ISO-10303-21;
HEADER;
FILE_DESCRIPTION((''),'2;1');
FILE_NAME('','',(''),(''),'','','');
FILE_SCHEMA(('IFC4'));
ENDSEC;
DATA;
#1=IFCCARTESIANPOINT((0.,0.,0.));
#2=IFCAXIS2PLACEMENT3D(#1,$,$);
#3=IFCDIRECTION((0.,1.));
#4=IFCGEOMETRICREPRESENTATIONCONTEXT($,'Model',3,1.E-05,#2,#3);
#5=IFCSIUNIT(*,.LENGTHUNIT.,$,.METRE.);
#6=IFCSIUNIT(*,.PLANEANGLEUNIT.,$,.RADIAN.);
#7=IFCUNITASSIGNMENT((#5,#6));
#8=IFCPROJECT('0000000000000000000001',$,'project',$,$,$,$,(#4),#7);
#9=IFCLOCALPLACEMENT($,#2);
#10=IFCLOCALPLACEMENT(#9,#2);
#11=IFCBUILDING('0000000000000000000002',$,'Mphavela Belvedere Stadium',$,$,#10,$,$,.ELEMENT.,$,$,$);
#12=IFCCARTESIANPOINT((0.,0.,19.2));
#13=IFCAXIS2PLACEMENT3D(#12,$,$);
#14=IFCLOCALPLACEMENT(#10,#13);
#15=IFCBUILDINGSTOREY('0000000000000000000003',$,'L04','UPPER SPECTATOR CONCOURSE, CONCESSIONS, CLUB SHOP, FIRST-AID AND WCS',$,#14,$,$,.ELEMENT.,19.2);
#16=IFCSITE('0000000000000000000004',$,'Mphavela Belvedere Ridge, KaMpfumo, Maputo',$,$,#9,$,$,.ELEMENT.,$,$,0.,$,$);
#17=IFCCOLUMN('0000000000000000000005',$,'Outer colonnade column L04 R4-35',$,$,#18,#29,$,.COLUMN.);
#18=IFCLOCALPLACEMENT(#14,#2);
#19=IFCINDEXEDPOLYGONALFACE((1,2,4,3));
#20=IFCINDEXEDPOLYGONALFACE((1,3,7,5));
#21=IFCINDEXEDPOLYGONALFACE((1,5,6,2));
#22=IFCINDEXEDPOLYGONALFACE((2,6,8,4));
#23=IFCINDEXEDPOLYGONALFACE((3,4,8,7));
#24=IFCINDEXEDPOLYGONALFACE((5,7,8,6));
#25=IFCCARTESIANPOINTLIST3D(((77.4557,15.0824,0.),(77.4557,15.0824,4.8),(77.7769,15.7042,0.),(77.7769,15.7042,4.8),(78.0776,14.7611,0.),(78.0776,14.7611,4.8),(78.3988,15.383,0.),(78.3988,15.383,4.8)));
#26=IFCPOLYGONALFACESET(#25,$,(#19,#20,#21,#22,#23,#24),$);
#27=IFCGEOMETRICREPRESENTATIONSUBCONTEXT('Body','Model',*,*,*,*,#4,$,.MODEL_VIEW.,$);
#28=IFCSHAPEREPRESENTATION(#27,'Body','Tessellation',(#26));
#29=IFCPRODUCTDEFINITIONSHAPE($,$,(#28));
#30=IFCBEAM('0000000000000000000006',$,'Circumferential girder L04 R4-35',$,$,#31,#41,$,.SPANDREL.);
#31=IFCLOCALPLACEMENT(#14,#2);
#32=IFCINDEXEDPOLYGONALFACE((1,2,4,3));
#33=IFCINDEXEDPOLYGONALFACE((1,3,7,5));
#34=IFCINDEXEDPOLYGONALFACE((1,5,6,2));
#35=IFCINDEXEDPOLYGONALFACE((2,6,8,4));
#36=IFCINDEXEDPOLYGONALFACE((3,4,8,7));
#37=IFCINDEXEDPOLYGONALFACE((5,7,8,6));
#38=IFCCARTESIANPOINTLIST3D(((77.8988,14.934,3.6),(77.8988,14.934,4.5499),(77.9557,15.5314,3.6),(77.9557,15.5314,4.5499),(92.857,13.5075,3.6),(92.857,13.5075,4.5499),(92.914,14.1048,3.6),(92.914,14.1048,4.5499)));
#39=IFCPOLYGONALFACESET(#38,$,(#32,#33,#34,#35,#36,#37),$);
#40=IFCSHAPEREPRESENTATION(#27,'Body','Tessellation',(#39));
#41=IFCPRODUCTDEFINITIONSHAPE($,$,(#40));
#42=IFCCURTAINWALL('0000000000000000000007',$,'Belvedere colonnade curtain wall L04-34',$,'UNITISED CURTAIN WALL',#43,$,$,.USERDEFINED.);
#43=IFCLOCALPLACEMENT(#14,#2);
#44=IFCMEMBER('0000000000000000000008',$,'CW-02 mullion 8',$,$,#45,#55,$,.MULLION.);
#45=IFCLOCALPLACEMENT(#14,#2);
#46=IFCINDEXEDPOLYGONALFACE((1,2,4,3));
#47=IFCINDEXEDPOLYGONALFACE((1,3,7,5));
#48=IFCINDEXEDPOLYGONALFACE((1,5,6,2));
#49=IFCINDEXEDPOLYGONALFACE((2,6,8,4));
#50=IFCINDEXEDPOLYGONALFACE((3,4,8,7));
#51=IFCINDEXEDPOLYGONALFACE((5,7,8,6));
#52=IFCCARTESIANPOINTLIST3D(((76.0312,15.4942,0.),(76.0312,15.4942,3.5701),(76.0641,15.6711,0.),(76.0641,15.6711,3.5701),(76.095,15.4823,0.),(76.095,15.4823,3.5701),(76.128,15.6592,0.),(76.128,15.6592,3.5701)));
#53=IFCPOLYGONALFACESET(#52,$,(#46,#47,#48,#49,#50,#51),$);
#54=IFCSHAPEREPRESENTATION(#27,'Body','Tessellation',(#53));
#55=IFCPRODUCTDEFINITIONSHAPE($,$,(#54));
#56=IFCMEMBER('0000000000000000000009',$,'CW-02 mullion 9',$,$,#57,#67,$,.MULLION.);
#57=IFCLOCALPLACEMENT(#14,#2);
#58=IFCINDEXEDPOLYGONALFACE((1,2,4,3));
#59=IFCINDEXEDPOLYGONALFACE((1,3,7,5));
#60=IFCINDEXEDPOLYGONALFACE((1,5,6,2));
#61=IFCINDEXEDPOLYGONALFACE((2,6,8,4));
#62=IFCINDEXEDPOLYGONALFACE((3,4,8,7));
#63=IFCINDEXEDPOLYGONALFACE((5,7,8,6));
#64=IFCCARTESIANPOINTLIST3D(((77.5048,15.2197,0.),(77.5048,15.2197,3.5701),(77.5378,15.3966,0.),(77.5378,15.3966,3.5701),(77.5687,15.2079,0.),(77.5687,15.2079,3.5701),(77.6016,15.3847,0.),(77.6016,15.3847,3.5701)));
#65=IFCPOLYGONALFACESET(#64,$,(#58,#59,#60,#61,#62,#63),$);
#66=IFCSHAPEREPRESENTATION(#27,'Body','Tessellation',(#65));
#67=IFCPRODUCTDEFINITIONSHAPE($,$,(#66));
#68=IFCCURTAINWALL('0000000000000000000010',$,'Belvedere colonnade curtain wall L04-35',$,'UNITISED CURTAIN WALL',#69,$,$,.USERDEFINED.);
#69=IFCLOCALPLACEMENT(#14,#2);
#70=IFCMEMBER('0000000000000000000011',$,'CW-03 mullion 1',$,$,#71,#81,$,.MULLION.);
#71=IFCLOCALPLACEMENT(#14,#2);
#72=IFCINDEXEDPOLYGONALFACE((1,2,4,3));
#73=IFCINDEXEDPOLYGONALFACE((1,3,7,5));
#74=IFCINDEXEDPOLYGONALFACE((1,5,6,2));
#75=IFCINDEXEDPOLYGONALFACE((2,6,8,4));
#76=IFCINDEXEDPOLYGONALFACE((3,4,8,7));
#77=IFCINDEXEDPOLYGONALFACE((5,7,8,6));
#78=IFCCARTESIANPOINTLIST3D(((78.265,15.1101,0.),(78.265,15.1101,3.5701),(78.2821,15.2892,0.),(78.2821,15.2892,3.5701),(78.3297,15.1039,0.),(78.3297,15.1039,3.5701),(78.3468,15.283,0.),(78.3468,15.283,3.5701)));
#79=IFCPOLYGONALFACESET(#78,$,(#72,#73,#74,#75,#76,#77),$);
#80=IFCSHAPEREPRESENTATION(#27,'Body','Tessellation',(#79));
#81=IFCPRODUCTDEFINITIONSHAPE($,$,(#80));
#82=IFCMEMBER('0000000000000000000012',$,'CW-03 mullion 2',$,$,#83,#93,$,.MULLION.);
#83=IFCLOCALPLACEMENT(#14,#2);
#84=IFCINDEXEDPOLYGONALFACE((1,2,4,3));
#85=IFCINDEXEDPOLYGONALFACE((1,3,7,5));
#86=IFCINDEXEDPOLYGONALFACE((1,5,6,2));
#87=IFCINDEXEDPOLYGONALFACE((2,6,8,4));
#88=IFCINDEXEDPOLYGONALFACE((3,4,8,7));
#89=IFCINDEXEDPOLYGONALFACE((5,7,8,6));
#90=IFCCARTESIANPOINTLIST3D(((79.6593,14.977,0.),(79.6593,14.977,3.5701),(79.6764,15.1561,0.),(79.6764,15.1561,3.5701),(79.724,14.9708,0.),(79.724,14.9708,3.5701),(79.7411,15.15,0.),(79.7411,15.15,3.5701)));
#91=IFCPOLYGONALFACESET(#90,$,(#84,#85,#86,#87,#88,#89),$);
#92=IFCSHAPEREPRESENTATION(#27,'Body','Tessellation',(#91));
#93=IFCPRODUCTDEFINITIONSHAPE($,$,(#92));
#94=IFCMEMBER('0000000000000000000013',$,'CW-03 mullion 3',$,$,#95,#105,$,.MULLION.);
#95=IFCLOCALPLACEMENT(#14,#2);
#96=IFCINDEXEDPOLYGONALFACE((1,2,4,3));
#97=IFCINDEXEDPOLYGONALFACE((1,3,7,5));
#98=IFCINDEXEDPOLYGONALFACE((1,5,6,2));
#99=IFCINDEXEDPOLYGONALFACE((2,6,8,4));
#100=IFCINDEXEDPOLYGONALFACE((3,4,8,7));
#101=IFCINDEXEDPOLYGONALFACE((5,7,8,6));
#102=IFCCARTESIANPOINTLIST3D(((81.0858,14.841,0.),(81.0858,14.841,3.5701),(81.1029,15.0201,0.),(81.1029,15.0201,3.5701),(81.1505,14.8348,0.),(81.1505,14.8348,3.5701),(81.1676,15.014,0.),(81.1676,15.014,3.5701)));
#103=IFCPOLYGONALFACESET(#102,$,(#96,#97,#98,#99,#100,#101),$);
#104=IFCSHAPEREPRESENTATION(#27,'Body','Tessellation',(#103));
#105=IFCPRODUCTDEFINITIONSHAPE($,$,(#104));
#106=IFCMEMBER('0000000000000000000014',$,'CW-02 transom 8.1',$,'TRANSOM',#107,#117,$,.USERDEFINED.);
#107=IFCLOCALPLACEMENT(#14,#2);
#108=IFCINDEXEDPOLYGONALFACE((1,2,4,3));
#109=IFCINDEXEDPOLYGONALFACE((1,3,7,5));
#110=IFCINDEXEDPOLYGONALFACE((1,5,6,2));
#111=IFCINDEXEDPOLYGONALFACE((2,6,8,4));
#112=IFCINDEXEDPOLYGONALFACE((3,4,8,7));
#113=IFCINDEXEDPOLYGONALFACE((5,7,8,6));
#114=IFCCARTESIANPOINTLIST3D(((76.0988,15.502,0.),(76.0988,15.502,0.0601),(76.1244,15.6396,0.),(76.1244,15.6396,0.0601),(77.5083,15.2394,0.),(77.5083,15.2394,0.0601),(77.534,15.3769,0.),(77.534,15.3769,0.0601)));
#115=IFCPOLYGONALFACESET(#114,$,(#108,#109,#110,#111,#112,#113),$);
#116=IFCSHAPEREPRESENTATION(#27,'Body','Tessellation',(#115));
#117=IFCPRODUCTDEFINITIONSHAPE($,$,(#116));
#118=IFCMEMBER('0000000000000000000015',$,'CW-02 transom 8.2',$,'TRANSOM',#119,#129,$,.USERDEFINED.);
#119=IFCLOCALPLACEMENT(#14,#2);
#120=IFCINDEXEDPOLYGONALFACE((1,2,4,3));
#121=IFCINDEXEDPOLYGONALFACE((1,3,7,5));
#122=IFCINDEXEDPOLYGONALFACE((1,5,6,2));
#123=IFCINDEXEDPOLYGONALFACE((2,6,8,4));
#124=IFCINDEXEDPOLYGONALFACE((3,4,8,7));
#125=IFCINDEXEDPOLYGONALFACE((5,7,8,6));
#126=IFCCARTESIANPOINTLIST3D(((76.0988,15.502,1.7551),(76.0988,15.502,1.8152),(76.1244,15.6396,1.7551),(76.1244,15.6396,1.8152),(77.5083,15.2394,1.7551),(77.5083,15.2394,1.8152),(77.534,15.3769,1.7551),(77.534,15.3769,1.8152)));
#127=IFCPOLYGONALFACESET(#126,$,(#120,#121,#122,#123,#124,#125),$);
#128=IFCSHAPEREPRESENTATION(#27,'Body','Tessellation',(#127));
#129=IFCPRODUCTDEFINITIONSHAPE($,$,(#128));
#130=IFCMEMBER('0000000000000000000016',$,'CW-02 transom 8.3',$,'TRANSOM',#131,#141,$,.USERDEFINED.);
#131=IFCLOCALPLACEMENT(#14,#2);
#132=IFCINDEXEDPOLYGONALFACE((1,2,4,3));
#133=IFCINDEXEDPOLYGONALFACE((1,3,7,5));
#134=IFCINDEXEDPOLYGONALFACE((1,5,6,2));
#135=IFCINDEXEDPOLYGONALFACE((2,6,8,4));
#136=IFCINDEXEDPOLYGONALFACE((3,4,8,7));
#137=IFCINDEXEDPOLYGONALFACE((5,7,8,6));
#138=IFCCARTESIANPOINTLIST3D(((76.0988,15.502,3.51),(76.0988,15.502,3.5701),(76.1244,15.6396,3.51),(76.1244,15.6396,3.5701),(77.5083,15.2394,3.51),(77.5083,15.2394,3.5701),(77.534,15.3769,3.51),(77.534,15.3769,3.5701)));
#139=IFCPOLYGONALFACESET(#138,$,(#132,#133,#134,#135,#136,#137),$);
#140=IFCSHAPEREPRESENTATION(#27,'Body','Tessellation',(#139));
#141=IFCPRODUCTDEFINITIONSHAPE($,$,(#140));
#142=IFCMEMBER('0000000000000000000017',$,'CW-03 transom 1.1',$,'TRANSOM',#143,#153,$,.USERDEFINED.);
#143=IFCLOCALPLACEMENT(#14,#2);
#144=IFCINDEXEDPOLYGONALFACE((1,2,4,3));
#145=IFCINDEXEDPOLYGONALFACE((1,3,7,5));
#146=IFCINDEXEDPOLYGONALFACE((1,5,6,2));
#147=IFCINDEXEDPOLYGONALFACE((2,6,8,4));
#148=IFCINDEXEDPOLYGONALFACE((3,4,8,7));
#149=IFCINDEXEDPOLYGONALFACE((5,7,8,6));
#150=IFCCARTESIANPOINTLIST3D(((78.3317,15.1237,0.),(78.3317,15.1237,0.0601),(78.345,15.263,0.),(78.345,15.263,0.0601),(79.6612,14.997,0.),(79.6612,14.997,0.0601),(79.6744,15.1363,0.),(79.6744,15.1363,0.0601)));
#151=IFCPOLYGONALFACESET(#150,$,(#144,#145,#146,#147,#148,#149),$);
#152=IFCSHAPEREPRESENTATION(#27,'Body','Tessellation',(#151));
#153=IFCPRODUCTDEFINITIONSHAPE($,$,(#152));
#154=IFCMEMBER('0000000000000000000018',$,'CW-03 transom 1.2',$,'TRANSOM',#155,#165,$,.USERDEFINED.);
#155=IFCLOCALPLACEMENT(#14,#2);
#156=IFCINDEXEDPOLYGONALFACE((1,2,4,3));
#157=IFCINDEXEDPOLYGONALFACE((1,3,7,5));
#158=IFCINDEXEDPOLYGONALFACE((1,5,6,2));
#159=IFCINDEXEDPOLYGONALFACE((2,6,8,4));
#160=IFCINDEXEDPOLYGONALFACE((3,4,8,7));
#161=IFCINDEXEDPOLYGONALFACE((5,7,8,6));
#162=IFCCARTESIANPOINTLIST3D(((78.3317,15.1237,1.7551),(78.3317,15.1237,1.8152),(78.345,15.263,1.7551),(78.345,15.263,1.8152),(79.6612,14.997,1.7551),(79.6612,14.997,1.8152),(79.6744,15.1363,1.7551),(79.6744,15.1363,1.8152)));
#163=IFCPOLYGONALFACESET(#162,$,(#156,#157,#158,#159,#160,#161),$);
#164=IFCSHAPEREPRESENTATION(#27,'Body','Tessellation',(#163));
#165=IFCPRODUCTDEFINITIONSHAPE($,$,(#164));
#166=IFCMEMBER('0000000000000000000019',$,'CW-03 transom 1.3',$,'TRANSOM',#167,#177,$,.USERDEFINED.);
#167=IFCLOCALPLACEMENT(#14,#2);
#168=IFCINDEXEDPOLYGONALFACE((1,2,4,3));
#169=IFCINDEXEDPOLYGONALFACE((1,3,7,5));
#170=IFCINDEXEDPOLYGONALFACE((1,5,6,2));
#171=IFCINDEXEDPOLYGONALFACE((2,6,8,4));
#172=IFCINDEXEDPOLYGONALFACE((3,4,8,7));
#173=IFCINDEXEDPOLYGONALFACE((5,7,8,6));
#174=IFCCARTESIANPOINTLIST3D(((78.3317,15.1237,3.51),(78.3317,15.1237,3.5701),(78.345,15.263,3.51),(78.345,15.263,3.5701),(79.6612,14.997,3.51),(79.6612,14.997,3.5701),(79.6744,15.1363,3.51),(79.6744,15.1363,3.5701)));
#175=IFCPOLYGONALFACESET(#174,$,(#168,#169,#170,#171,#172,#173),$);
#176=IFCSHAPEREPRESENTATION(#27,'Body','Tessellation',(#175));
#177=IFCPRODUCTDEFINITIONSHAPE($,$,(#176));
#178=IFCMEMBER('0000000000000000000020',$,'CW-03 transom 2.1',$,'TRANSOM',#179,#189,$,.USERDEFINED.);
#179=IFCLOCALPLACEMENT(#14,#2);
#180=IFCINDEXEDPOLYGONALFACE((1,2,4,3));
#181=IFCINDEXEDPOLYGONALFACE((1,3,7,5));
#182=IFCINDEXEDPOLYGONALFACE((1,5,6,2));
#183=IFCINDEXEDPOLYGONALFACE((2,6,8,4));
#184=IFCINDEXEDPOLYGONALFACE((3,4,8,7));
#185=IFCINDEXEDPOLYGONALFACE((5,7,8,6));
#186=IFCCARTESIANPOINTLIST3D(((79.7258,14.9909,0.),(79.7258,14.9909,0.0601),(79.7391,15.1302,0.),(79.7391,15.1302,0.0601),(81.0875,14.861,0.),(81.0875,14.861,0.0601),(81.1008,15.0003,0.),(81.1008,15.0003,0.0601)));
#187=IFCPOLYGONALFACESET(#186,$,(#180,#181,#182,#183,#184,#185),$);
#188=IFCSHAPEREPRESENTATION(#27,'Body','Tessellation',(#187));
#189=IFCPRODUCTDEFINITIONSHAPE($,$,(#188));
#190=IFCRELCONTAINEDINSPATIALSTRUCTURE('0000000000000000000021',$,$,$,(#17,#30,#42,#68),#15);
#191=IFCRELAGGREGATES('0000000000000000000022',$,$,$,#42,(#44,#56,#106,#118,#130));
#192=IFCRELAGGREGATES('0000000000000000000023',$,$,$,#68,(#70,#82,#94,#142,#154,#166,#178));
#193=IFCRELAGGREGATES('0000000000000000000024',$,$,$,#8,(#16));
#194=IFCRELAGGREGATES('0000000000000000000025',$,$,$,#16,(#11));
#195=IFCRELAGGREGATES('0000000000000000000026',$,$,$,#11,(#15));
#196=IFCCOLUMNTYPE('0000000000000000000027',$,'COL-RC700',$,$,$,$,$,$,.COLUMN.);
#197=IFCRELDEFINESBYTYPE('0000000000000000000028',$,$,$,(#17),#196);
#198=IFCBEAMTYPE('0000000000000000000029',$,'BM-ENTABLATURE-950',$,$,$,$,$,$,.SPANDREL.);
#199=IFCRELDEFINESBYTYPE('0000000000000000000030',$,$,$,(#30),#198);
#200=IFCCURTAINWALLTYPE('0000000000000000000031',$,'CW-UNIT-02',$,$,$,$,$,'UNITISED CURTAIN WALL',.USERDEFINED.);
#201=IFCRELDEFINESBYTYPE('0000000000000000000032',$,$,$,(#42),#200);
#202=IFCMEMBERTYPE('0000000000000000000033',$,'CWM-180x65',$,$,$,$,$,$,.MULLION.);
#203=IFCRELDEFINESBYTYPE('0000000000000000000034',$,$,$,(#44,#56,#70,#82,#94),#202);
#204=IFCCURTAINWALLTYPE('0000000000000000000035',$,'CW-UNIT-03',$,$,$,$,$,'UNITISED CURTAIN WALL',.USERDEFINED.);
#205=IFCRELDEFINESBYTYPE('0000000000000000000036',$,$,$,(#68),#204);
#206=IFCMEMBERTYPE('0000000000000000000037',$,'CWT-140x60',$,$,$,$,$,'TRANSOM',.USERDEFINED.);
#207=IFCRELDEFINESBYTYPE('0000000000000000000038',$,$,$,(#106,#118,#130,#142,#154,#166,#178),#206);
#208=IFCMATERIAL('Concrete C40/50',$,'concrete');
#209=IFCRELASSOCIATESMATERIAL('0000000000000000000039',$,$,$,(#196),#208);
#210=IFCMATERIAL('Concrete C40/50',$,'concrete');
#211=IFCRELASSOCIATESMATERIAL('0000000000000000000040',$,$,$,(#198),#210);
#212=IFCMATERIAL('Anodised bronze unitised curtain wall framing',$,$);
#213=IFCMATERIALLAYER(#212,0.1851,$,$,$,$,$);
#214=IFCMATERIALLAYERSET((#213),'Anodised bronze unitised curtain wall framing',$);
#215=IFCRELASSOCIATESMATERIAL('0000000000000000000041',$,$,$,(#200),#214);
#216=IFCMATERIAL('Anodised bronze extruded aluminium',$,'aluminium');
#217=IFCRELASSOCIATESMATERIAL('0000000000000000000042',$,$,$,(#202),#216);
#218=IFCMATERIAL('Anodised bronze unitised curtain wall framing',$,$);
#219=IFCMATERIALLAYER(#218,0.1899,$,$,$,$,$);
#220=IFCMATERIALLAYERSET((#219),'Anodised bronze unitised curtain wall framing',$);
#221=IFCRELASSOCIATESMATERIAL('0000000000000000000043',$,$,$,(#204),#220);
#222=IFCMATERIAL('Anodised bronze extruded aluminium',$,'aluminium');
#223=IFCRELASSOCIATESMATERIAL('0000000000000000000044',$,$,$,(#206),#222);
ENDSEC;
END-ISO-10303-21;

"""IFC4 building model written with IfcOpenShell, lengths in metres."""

from ifc_helpers import new_model, si_unit, direction, frame, origin, origin_2d, place, context, subcontext, project, spatial, rectangle, extrude, material, layer, layer_set, material_profile, profile_set, type_object, element, aggregate, save


model = new_model("IFC4")

# Units and contexts
model_context = context("Model", 3, precision=1e-05, world=origin(), true_north=direction((0.0, 1.0)))
body_context = subcontext(model_context, "Body", "Model", "MODEL_VIEW")
ifc_project = project(units=[si_unit("LENGTHUNIT", "METRE"), si_unit("PLANEANGLEUNIT", "RADIAN")], contexts=[model_context])

# Site, building, storey
site_placement = place(None, origin())
site = spatial("IfcSite", under=ifc_project, at=site_placement, Name="Mphavela Belvedere Ridge, KaMpfumo, Maputo", CompositionType="ELEMENT", RefElevation=0.0)
building_placement = place(site_placement, origin())
building = spatial("IfcBuilding", under=site, at=building_placement, Name="Mphavela Belvedere Stadium", CompositionType="ELEMENT")
storey_placement = place(building_placement, frame((0.0, 0.0, 19.2)))
storey = spatial("IfcBuildingStorey", under=building, at=storey_placement, Name="L04", Description="UPPER SPECTATOR CONCOURSE, CONCESSIONS, CLUB SHOP, FIRST-AID AND WCS", CompositionType="ELEMENT", Elevation=19.2)

# Column
ifc_material_1 = material(Name="Concrete C40/50", Category="concrete")
ifc_material_profile_1 = material_profile(ifc_material_1, rectangle(XDim=0.7, YDim=0.7, at=origin_2d()), Name="RC 700x700")
ifc_profile_set_1 = profile_set([ifc_material_profile_1], Name="Concrete C40/50")
column_type = type_object("IfcColumnType", Name="COL-RC700", PredefinedType="COLUMN", material=ifc_profile_set_1)
column_placement = place(storey_placement, frame((77.9272, 15.2327, 0.0), z_axis=(0.0, 0.0, 1.0), x_axis=(-0.45896, -0.888457, 0.0)))
element("IfcColumn", 1, at=column_placement, inside=storey, type_object=column_type, Name="Outer colonnade column L04 R4-35", PredefinedType="COLUMN", context=body_context, shape_type="SweptSolid", body=[
    extrude(rectangle(XDim=0.7, YDim=0.7, at=origin_2d()), origin(), (0.0, 0.0, 1.0), 4.8),
])

# Beam
ifc_material_2 = material(Name="Concrete C40/50", Category="concrete")
ifc_material_profile_2 = material_profile(ifc_material_2, rectangle(XDim=0.6001, YDim=0.95, at=origin_2d()), Name="RC 600x950")
ifc_profile_set_2 = profile_set([ifc_material_profile_2], Name="Concrete C40/50")
beam_type = type_object("IfcBeamType", Name="BM-ENTABLATURE-950", PredefinedType="SPANDREL", material=ifc_profile_set_2)
beam_placement = place(storey_placement, frame((77.9272, 15.2327, 4.075), z_axis=(0.995483, -0.094936, 0.0), x_axis=(0.094936, 0.995483, 0.0)))
element("IfcBeam", 2, at=beam_placement, inside=storey, type_object=beam_type, Name="Circumferential girder L04 R4-35", PredefinedType="SPANDREL", context=body_context, shape_type="SweptSolid", body=[
    extrude(rectangle(XDim=0.6001, YDim=0.95, at=origin_2d()), origin(), (0.0, 0.0, 1.0), 15.0261),
])

# Curtain walls, members
ifc_material_3 = material(Name="Anodised bronze unitised curtain wall framing")
ifc_layer_1 = layer(ifc_material_3, 0.1851)
ifc_layer_set_1 = layer_set([ifc_layer_1], Name="Anodised bronze unitised curtain wall framing")
curtain_wall_type_1 = type_object("IfcCurtainWallType", Name="CW-UNIT-02", ElementType="UNITISED CURTAIN WALL", PredefinedType="USERDEFINED", material=ifc_layer_set_1)
curtain_wall_1_placement = place(storey_placement, origin())
curtain_wall_1 = element("IfcCurtainWall", 3, at=curtain_wall_1_placement, inside=storey, type_object=curtain_wall_type_1, Name="Belvedere colonnade curtain wall L04-34", ObjectType="UNITISED CURTAIN WALL", PredefinedType="USERDEFINED")
ifc_material_4 = material(Name="Anodised bronze extruded aluminium", Category="aluminium")
ifc_material_profile_3 = material_profile(ifc_material_4, rectangle(XDim=0.1799, YDim=0.0649, at=origin_2d()), Name="CW-MUL 180x65")
ifc_profile_set_3 = profile_set([ifc_material_profile_3], Name="Anodised bronze extruded aluminium")
member_type_1 = type_object("IfcMemberType", Name="CWM-180x65", PredefinedType="MULLION", material=ifc_profile_set_3)
member_1_placement = place(storey_placement, frame((76.0796, 15.5767, 0.0), z_axis=(0.0, 0.0, 1.0), x_axis=(0.183091, 0.983096, 0.0)))
member_1 = element("IfcMember", 4, at=member_1_placement, type_object=member_type_1, Name="CW-02 mullion 8", PredefinedType="MULLION", context=body_context, shape_type="SweptSolid", body=[
    extrude(rectangle(XDim=0.1799, YDim=0.0649, at=origin_2d()), origin(), (0.0, 0.0, 1.0), 3.5701),
])
member_2_placement = place(storey_placement, frame((77.5532, 15.3022, 0.0), z_axis=(0.0, 0.0, 1.0), x_axis=(0.183091, 0.983096, 0.0)))
member_2 = element("IfcMember", 5, at=member_2_placement, type_object=member_type_1, Name="CW-02 mullion 9", PredefinedType="MULLION", context=body_context, shape_type="SweptSolid", body=[
    extrude(rectangle(XDim=0.1799, YDim=0.0649, at=origin_2d()), origin(), (0.0, 0.0, 1.0), 3.5701),
])
ifc_material_5 = material(Name="Anodised bronze unitised curtain wall framing")
ifc_layer_2 = layer(ifc_material_5, 0.1899)
ifc_layer_set_2 = layer_set([ifc_layer_2], Name="Anodised bronze unitised curtain wall framing")
curtain_wall_type_2 = type_object("IfcCurtainWallType", Name="CW-UNIT-03", ElementType="UNITISED CURTAIN WALL", PredefinedType="USERDEFINED", material=ifc_layer_set_2)
curtain_wall_2_placement = place(storey_placement, origin())
curtain_wall_2 = element("IfcCurtainWall", 6, at=curtain_wall_2_placement, inside=storey, type_object=curtain_wall_type_2, Name="Belvedere colonnade curtain wall L04-35", ObjectType="UNITISED CURTAIN WALL", PredefinedType="USERDEFINED")
member_3_placement = place(storey_placement, frame((78.3059, 15.1965, 0.0), z_axis=(0.0, 0.0, 1.0), x_axis=(0.094933, 0.995484, 0.0)))
member_3 = element("IfcMember", 7, at=member_3_placement, type_object=member_type_1, Name="CW-03 mullion 1", PredefinedType="MULLION", context=body_context, shape_type="SweptSolid", body=[
    extrude(rectangle(XDim=0.1799, YDim=0.0649, at=origin_2d()), origin(), (0.0, 0.0, 1.0), 3.5701),
])
member_4_placement = place(storey_placement, frame((79.7002, 15.0635, 0.0), z_axis=(0.0, 0.0, 1.0), x_axis=(0.094933, 0.995484, 0.0)))
member_4 = element("IfcMember", 8, at=member_4_placement, type_object=member_type_1, Name="CW-03 mullion 2", PredefinedType="MULLION", context=body_context, shape_type="SweptSolid", body=[
    extrude(rectangle(XDim=0.1799, YDim=0.0649, at=origin_2d()), origin(), (0.0, 0.0, 1.0), 3.5701),
])
member_5_placement = place(storey_placement, frame((81.1267, 14.9275, 0.0), z_axis=(0.0, 0.0, 1.0), x_axis=(0.094933, 0.995484, 0.0)))
member_5 = element("IfcMember", 9, at=member_5_placement, type_object=member_type_1, Name="CW-03 mullion 3", PredefinedType="MULLION", context=body_context, shape_type="SweptSolid", body=[
    extrude(rectangle(XDim=0.1799, YDim=0.0649, at=origin_2d()), origin(), (0.0, 0.0, 1.0), 3.5701),
])

# Members
ifc_material_6 = material(Name="Anodised bronze extruded aluminium", Category="aluminium")
ifc_material_profile_4 = material_profile(ifc_material_6, rectangle(XDim=0.1399, YDim=0.0601, at=origin_2d()), Name="CW-TRN 140x60")
ifc_profile_set_4 = profile_set([ifc_material_profile_4], Name="Anodised bronze extruded aluminium")
member_type_2 = type_object("IfcMemberType", Name="CWT-140x60", ElementType="TRANSOM", PredefinedType="USERDEFINED", material=ifc_profile_set_4)
member_6_placement = place(storey_placement, frame((76.1116, 15.5708, 0.03), z_axis=(0.983076, -0.183199, 0.0), x_axis=(0.183199, 0.983076, 0.0)))
member_6 = element("IfcMember", 10, at=member_6_placement, type_object=member_type_2, Name="CW-02 transom 8.1", ObjectType="TRANSOM", PredefinedType="USERDEFINED", context=body_context, shape_type="SweptSolid", body=[
    extrude(rectangle(XDim=0.1399, YDim=0.0601, at=origin_2d()), origin(), (0.0, 0.0, 1.0), 1.4338),
])
member_7_placement = place(storey_placement, frame((76.1116, 15.5708, 1.7852), z_axis=(0.983076, -0.183199, 0.0), x_axis=(0.183199, 0.983076, 0.0)))
member_7 = element("IfcMember", 11, at=member_7_placement, type_object=member_type_2, Name="CW-02 transom 8.2", ObjectType="TRANSOM", PredefinedType="USERDEFINED", context=body_context, shape_type="SweptSolid", body=[
    extrude(rectangle(XDim=0.1399, YDim=0.0601, at=origin_2d()), origin(), (0.0, 0.0, 1.0), 1.4338),
])
member_8_placement = place(storey_placement, frame((76.1116, 15.5708, 3.54), z_axis=(0.983076, -0.183199, 0.0), x_axis=(0.183199, 0.983076, 0.0)))
member_8 = element("IfcMember", 12, at=member_8_placement, type_object=member_type_2, Name="CW-02 transom 8.3", ObjectType="TRANSOM", PredefinedType="USERDEFINED", context=body_context, shape_type="SweptSolid", body=[
    extrude(rectangle(XDim=0.1399, YDim=0.0601, at=origin_2d()), origin(), (0.0, 0.0, 1.0), 1.4338),
])
member_9_placement = place(storey_placement, frame((78.3384, 15.1934, 0.03), z_axis=(0.995488, -0.094887, 0.0), x_axis=(0.094887, 0.995488, 0.0)))
member_9 = element("IfcMember", 13, at=member_9_placement, type_object=member_type_2, Name="CW-03 transom 1.1", ObjectType="TRANSOM", PredefinedType="USERDEFINED", context=body_context, shape_type="SweptSolid", body=[
    extrude(rectangle(XDim=0.1399, YDim=0.0601, at=origin_2d()), origin(), (0.0, 0.0, 1.0), 1.3354),
])
member_10_placement = place(storey_placement, frame((78.3384, 15.1934, 1.7852), z_axis=(0.995488, -0.094887, 0.0), x_axis=(0.094887, 0.995488, 0.0)))
member_10 = element("IfcMember", 14, at=member_10_placement, type_object=member_type_2, Name="CW-03 transom 1.2", ObjectType="TRANSOM", PredefinedType="USERDEFINED", context=body_context, shape_type="SweptSolid", body=[
    extrude(rectangle(XDim=0.1399, YDim=0.0601, at=origin_2d()), origin(), (0.0, 0.0, 1.0), 1.3354),
])
member_11_placement = place(storey_placement, frame((78.3384, 15.1934, 3.54), z_axis=(0.995488, -0.094887, 0.0), x_axis=(0.094887, 0.995488, 0.0)))
member_11 = element("IfcMember", 15, at=member_11_placement, type_object=member_type_2, Name="CW-03 transom 1.3", ObjectType="TRANSOM", PredefinedType="USERDEFINED", context=body_context, shape_type="SweptSolid", body=[
    extrude(rectangle(XDim=0.1399, YDim=0.0601, at=origin_2d()), origin(), (0.0, 0.0, 1.0), 1.3354),
])
member_12_placement = place(storey_placement, frame((79.7324, 15.0605, 0.03), z_axis=(0.995483, -0.094944, 0.0), x_axis=(0.094944, 0.995483, 0.0)))
member_12 = element("IfcMember", 16, at=member_12_placement, type_object=member_type_2, Name="CW-03 transom 2.1", ObjectType="TRANSOM", PredefinedType="USERDEFINED", context=body_context, shape_type="SweptSolid", body=[
    extrude(rectangle(XDim=0.1399, YDim=0.0601, at=origin_2d()), origin(), (0.0, 0.0, 1.0), 1.3679),
])

aggregate(curtain_wall_1, [member_1, member_2, member_6, member_7, member_8])
aggregate(curtain_wall_2, [member_3, member_4, member_5, member_9, member_10, member_11, member_12])

save(model, "model.ifc")
